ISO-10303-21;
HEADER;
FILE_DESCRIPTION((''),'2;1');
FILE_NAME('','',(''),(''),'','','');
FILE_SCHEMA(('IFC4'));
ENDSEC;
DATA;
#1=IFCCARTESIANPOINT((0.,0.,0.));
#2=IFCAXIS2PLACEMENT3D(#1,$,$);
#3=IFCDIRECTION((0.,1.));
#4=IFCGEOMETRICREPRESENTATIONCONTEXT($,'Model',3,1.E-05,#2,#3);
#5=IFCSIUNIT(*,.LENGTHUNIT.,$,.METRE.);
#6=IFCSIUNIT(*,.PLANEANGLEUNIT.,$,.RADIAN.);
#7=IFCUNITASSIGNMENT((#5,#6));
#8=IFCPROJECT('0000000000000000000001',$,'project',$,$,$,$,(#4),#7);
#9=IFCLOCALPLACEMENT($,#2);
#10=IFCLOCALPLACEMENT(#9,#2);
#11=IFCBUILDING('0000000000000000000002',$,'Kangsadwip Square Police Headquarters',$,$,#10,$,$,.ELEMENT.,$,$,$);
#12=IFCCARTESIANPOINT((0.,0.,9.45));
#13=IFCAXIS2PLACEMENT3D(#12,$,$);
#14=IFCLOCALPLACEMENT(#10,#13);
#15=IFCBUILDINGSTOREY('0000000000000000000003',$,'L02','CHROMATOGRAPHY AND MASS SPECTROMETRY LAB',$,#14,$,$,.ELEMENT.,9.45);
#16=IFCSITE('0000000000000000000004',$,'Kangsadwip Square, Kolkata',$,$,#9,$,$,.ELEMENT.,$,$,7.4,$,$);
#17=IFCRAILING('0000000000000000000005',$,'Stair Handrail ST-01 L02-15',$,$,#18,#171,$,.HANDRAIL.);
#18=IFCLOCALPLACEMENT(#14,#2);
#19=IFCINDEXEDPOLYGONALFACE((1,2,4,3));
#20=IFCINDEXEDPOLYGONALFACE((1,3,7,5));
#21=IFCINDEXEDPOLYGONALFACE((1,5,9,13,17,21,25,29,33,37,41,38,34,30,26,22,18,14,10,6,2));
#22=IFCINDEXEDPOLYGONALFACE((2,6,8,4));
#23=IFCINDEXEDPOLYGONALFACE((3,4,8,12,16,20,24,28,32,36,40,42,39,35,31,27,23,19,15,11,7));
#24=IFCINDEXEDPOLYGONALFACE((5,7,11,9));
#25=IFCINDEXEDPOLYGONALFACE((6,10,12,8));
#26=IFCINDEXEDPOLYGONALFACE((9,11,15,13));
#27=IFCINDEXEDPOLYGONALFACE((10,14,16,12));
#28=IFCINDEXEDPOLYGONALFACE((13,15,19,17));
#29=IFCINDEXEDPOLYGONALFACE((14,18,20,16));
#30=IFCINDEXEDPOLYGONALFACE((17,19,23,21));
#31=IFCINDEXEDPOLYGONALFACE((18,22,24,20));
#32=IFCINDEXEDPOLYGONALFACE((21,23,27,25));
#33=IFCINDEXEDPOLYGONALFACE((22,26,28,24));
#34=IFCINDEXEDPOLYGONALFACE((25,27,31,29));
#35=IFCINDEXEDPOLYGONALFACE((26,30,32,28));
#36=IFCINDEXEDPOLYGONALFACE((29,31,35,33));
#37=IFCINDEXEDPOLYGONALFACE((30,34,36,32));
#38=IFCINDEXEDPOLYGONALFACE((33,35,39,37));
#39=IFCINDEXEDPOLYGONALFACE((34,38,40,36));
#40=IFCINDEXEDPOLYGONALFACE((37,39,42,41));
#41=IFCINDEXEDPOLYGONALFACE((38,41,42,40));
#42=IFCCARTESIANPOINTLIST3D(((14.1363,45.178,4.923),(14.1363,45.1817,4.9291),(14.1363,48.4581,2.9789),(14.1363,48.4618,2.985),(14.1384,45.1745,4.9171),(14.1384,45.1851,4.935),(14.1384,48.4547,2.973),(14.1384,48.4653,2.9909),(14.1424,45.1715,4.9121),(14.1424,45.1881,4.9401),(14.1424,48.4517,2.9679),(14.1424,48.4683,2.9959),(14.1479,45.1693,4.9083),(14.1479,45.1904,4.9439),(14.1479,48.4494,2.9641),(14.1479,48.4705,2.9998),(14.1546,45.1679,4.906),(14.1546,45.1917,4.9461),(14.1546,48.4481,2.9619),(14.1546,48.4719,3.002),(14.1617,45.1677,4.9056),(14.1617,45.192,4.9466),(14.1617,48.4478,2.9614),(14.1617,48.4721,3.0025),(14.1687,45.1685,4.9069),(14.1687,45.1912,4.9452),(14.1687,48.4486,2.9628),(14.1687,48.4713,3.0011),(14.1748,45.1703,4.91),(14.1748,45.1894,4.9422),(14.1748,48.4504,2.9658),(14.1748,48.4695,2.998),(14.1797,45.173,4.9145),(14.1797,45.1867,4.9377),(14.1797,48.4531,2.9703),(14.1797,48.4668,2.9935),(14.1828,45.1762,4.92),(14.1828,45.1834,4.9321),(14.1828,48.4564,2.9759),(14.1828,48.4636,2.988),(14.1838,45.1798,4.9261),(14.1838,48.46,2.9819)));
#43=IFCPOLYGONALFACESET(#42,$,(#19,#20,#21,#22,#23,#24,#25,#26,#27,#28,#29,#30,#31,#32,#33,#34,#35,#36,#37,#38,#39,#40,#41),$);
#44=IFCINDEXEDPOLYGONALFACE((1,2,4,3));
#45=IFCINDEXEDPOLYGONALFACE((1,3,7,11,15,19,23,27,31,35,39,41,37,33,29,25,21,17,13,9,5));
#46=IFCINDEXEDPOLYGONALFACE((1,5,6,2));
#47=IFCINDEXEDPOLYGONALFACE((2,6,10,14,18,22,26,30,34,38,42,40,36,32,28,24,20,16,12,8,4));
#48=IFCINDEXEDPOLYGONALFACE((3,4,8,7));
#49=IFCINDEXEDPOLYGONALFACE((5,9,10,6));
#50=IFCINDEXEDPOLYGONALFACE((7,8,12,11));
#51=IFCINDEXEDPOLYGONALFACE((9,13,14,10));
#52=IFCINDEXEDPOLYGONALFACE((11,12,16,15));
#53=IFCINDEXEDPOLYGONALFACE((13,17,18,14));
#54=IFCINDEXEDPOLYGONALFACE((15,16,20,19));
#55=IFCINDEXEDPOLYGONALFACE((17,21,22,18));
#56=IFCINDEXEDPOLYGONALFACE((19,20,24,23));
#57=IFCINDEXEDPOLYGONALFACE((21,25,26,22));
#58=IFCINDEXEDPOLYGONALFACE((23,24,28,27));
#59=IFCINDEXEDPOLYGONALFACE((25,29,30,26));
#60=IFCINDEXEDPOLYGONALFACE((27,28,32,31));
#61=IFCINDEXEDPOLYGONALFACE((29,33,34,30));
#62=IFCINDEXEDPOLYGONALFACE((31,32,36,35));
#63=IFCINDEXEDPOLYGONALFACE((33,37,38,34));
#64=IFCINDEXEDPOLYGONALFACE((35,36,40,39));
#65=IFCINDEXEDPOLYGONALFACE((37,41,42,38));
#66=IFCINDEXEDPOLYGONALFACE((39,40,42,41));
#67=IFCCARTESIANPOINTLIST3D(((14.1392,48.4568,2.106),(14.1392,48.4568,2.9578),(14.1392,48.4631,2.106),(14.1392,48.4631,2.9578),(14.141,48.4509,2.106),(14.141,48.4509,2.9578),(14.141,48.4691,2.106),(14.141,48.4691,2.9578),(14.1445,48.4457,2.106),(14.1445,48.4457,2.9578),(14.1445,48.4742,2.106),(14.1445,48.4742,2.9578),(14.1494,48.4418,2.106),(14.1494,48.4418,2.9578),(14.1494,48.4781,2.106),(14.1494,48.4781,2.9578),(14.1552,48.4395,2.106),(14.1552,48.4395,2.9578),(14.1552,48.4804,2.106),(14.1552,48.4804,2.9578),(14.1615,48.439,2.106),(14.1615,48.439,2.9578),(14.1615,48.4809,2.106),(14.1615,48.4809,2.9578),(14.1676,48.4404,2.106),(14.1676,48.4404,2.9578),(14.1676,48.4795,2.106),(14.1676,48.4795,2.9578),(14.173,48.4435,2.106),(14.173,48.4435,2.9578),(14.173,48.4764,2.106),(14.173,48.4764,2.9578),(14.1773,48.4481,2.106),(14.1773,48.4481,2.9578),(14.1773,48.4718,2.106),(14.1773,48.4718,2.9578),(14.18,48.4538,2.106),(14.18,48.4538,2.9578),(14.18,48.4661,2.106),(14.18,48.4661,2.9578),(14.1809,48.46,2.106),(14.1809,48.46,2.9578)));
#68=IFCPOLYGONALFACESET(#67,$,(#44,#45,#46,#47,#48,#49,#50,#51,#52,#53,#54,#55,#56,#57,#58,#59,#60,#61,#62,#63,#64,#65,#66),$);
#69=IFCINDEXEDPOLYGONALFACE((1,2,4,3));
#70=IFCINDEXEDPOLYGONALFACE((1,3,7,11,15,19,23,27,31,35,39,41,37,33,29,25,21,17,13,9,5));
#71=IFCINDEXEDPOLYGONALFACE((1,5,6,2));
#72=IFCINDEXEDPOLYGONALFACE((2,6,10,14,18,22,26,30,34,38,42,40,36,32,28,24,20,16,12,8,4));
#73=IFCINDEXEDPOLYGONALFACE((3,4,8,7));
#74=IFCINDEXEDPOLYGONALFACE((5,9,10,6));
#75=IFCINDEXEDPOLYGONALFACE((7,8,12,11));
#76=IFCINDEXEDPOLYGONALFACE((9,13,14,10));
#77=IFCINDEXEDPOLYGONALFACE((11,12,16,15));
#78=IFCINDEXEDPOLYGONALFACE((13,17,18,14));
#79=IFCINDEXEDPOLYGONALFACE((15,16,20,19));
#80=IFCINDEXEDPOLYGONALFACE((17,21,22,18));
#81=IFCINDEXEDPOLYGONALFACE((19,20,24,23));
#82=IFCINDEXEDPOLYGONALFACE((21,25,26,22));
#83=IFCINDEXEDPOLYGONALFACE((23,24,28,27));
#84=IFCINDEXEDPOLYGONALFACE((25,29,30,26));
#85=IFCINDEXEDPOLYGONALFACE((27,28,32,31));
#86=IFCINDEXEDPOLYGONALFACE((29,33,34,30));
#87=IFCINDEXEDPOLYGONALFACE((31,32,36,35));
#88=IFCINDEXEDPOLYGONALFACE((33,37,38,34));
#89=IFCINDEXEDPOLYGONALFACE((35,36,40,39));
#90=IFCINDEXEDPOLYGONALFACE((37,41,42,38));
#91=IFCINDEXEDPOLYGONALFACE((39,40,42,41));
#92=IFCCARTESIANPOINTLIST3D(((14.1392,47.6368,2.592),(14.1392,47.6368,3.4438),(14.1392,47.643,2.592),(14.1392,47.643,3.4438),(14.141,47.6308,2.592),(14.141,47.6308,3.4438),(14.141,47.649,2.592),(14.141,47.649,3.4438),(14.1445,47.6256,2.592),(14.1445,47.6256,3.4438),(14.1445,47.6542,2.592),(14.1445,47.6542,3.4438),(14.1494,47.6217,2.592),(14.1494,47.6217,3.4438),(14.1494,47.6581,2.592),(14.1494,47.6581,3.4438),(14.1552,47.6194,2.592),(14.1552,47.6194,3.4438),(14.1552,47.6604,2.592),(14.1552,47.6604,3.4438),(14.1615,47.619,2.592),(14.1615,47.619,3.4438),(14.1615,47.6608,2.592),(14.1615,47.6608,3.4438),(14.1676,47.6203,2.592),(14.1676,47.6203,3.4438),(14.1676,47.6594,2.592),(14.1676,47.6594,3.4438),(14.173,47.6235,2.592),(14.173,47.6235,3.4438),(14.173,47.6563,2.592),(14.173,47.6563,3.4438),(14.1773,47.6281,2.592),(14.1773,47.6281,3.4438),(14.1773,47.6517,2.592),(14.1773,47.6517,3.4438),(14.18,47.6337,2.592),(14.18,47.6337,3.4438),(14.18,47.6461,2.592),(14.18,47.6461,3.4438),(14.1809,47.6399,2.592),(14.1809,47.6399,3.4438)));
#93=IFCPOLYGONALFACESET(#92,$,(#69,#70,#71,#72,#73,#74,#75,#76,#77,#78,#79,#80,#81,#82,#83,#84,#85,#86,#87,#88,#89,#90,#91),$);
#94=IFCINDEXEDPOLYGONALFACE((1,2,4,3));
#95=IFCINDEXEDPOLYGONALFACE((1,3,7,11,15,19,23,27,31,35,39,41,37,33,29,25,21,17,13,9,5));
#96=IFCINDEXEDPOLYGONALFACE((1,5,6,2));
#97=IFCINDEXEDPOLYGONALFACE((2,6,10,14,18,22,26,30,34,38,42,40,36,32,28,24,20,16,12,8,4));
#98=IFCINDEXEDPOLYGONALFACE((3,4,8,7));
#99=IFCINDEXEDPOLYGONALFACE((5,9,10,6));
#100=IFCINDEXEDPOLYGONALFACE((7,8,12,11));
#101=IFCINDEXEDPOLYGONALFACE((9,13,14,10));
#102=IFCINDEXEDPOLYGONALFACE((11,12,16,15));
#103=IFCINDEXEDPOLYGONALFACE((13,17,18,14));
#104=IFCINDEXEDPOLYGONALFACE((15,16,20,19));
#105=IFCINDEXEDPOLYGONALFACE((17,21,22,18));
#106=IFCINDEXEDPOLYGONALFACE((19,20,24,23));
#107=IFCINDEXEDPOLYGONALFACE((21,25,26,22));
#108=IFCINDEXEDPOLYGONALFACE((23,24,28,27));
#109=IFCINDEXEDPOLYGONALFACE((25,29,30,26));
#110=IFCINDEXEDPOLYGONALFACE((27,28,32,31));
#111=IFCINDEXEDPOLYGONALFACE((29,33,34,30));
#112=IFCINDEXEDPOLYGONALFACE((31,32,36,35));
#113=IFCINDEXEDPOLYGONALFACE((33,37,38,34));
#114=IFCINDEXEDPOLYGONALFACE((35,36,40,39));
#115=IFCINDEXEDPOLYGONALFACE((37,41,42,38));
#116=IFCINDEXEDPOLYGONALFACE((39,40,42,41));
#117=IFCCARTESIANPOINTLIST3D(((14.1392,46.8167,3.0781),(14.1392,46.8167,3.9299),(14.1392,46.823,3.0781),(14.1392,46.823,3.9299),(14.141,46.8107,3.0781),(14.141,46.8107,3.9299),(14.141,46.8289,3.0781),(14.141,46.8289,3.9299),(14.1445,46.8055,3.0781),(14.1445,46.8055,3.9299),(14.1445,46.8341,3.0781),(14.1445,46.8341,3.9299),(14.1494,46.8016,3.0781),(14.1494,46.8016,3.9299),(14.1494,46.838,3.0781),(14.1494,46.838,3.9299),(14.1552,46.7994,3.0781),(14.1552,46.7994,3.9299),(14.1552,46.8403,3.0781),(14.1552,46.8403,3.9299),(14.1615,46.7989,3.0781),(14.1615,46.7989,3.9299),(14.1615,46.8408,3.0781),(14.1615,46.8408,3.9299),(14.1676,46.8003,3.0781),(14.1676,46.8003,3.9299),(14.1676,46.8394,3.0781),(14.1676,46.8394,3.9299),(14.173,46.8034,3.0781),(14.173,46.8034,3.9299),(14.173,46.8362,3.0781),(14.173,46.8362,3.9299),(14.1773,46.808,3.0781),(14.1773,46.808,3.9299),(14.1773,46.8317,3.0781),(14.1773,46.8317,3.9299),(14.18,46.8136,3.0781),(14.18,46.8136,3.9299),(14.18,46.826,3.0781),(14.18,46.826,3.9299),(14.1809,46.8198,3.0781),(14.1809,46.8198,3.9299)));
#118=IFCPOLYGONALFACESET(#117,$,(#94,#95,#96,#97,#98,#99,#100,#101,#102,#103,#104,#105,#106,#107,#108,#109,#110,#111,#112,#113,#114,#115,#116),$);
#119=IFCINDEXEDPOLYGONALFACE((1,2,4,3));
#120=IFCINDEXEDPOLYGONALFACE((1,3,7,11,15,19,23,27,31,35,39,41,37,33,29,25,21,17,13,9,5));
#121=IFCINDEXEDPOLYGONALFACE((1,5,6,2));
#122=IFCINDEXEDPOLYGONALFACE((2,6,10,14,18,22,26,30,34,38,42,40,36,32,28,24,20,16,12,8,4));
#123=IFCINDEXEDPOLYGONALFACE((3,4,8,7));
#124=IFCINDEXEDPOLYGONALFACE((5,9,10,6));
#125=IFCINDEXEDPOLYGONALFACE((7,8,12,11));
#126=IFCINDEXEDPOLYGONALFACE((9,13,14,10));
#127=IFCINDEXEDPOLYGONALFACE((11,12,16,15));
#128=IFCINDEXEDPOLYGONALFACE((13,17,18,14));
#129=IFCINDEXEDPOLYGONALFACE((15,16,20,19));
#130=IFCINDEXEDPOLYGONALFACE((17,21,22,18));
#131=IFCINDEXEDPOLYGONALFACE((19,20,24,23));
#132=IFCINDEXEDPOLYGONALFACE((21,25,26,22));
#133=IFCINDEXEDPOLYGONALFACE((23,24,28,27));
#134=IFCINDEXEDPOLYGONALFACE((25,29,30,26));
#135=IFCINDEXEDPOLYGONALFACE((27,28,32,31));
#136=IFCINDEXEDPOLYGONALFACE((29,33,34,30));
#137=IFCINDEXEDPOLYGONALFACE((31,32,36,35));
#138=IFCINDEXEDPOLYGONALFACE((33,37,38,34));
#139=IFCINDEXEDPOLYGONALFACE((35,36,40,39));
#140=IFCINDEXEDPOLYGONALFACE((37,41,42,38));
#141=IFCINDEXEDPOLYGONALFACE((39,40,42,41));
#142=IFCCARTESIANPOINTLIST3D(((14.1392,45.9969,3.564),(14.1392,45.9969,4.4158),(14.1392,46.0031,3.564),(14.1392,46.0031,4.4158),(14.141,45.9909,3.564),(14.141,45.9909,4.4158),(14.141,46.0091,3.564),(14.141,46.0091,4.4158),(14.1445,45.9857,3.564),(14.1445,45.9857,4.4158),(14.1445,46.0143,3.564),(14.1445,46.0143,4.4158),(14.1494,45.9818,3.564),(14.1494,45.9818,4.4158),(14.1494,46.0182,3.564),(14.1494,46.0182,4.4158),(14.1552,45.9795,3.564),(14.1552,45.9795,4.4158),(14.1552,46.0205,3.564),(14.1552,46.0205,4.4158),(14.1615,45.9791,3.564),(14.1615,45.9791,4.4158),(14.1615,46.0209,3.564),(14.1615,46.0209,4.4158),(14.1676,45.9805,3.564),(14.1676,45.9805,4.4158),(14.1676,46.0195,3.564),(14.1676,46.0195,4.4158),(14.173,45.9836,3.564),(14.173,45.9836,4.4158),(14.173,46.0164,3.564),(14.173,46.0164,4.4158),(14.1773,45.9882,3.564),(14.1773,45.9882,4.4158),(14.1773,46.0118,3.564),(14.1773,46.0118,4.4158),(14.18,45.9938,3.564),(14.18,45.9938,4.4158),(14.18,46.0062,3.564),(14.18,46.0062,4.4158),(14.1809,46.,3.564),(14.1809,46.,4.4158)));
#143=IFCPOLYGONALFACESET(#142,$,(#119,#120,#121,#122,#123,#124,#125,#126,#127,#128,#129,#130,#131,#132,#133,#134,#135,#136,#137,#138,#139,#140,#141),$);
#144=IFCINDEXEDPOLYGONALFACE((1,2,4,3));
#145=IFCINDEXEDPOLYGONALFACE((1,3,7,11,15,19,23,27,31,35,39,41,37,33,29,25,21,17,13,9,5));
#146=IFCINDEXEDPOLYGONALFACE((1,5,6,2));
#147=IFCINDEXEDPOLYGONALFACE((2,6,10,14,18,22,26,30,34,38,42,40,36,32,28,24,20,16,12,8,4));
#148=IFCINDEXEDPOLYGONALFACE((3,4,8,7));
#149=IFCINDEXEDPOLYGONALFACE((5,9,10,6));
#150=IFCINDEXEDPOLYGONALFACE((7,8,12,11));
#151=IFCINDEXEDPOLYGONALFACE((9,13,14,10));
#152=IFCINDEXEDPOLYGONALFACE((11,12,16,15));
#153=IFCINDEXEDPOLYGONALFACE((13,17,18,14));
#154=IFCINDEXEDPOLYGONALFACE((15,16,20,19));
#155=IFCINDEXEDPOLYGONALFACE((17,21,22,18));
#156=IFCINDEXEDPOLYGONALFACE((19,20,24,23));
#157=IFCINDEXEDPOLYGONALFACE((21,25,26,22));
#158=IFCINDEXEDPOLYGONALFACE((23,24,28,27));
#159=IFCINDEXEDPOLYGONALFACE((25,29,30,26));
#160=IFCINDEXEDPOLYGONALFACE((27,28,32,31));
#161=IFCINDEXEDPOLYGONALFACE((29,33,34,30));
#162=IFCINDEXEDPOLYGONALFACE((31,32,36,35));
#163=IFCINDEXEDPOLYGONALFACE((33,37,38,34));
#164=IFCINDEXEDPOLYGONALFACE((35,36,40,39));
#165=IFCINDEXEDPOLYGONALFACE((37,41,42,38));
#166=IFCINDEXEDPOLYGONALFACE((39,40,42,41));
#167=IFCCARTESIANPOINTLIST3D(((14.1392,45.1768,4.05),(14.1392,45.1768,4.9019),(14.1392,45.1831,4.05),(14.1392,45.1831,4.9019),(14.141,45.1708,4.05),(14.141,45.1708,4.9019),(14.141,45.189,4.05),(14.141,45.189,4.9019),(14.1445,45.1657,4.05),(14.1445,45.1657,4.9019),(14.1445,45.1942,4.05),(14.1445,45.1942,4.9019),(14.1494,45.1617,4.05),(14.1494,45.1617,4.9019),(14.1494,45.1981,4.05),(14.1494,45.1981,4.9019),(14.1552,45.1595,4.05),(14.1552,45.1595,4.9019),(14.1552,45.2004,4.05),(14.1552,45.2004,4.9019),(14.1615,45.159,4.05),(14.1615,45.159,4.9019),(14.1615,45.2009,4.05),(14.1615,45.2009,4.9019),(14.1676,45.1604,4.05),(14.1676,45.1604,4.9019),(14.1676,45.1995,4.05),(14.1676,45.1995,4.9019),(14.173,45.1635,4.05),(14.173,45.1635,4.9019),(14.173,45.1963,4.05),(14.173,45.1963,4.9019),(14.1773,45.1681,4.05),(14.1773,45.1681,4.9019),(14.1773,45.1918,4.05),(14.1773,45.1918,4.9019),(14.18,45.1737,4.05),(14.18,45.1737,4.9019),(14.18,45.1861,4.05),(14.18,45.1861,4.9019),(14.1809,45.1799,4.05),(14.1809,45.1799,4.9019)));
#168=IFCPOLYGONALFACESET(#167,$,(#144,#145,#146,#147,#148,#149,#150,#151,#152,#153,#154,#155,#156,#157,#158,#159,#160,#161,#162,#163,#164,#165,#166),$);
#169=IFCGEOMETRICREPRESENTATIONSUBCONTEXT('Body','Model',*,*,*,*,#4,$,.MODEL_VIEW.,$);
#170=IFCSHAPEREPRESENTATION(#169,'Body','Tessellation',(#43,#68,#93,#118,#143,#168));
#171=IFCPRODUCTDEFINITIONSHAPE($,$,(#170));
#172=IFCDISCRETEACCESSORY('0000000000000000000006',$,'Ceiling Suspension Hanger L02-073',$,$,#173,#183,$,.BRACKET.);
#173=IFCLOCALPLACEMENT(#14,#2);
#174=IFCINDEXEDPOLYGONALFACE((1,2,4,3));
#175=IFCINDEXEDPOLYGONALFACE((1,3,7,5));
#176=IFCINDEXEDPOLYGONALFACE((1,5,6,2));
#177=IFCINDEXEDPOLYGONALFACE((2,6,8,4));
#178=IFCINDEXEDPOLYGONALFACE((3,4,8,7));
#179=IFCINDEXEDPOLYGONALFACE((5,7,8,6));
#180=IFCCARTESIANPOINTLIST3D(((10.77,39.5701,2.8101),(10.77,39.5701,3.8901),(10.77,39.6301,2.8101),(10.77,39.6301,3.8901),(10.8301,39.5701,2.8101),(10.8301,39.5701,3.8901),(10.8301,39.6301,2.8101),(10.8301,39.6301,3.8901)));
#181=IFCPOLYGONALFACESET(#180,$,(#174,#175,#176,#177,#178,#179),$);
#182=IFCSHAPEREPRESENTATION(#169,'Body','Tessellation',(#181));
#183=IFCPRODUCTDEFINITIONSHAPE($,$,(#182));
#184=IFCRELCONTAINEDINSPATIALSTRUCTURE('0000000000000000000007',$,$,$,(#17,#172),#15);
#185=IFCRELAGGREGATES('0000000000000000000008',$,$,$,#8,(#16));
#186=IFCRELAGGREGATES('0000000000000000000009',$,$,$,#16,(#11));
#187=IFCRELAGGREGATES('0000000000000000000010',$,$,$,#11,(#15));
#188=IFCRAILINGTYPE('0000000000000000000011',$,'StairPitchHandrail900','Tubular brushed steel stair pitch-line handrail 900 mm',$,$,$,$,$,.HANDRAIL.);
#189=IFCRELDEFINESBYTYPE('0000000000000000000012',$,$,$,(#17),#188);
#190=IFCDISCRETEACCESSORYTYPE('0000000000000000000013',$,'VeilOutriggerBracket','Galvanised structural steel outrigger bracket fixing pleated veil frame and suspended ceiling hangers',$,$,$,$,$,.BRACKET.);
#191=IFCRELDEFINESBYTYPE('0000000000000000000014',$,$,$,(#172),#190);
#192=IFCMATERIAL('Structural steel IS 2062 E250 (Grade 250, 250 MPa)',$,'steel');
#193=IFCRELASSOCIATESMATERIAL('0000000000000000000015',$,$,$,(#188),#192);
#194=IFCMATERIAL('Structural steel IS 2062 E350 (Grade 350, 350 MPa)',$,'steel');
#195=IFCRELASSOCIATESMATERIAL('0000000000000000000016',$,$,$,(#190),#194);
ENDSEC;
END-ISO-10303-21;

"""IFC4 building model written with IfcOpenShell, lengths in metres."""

from ifc_helpers import new_model, si_unit, direction, frame, origin, origin_2d, place, context, subcontext, project, spatial, rectangle, circle, extrude, material, type_object, element, save


model = new_model("IFC4")

# Units and contexts
model_context = context("Model", 3, precision=1e-05, world=origin(), true_north=direction((0.0, 1.0)))
body_context = subcontext(model_context, "Body", "Model", "MODEL_VIEW")
ifc_project = project(units=[si_unit("LENGTHUNIT", "METRE"), si_unit("PLANEANGLEUNIT", "RADIAN")], contexts=[model_context])

# Site, building, storey
site_placement = place(None, origin())
site = spatial("IfcSite", under=ifc_project, at=site_placement, Name="Kangsadwip Square, Kolkata", CompositionType="ELEMENT", RefElevation=7.4)
building_placement = place(site_placement, origin())
building = spatial("IfcBuilding", under=site, at=building_placement, Name="Kangsadwip Square Police Headquarters", CompositionType="ELEMENT")
storey_placement = place(building_placement, frame((0.0, 0.0, 9.45)))
storey = spatial("IfcBuildingStorey", under=building, at=storey_placement, Name="L02", Description="CHROMATOGRAPHY AND MASS SPECTROMETRY LAB", CompositionType="ELEMENT", Elevation=9.45)

# Railing
ifc_material_1 = material(Name="Structural steel IS 2062 E250 (Grade 250, 250 MPa)", Category="steel")
railing_type = type_object("IfcRailingType", Name="StairPitchHandrail900", Description="Tubular brushed steel stair pitch-line handrail 900 mm", PredefinedType="HANDRAIL", material=ifc_material_1)
railing_placement = place(storey_placement, frame((14.1599, 48.46, 2.106)))
element("IfcRailing", 1, at=railing_placement, inside=storey, type_object=railing_type, Name="Stair Handrail ST-01 L02-15", PredefinedType="HANDRAIL", context=body_context, shape_type="SweptSolid", body=[
    extrude(circle(Radius=0.0239, at=origin_2d()), frame((0.0, 0.0, 0.876), z_axis=(0.0, -0.860249, 0.509874), x_axis=(1.0, 0.0, 0.0)), (0.0, 0.0, 1.0), 3.813),
    extrude(circle(Radius=0.021, at=origin_2d()), origin(), (0.0, 0.0, 1.0), 0.8518),
    extrude(circle(Radius=0.021, at=origin_2d()), frame((0.0, -0.8201, 0.4861)), (0.0, 0.0, 1.0), 0.8518),
    extrude(circle(Radius=0.021, at=origin_2d()), frame((0.0, -1.6401, 0.9722)), (0.0, 0.0, 1.0), 0.8518),
    extrude(circle(Radius=0.021, at=origin_2d()), frame((0.0, -2.46, 1.458)), (0.0, 0.0, 1.0), 0.8518),
    extrude(circle(Radius=0.021, at=origin_2d()), frame((0.0, -3.28, 1.9441)), (0.0, 0.0, 1.0), 0.8518),
])

# Discrete accessory
ifc_material_2 = material(Name="Structural steel IS 2062 E350 (Grade 350, 350 MPa)", Category="steel")
discrete_accessory_type = type_object("IfcDiscreteAccessoryType", Name="VeilOutriggerBracket", Description="Galvanised structural steel outrigger bracket fixing pleated veil frame and suspended ceiling hangers", PredefinedType="BRACKET", material=ifc_material_2)
discrete_accessory_placement = place(storey_placement, frame((10.8, 39.6001, 2.8101), z_axis=(0.0, 0.0, 1.0), x_axis=(1.0, 0.0, 0.0)))
element("IfcDiscreteAccessory", 2, at=discrete_accessory_placement, inside=storey, type_object=discrete_accessory_type, Name="Ceiling Suspension Hanger L02-073", PredefinedType="BRACKET", context=body_context, shape_type="SweptSolid", body=[
    extrude(rectangle(XDim=0.0601, YDim=0.0601, at=origin_2d()), origin(), (0.0, 0.0, 1.0), 1.0801),
])

save(model, "model.ifc")
